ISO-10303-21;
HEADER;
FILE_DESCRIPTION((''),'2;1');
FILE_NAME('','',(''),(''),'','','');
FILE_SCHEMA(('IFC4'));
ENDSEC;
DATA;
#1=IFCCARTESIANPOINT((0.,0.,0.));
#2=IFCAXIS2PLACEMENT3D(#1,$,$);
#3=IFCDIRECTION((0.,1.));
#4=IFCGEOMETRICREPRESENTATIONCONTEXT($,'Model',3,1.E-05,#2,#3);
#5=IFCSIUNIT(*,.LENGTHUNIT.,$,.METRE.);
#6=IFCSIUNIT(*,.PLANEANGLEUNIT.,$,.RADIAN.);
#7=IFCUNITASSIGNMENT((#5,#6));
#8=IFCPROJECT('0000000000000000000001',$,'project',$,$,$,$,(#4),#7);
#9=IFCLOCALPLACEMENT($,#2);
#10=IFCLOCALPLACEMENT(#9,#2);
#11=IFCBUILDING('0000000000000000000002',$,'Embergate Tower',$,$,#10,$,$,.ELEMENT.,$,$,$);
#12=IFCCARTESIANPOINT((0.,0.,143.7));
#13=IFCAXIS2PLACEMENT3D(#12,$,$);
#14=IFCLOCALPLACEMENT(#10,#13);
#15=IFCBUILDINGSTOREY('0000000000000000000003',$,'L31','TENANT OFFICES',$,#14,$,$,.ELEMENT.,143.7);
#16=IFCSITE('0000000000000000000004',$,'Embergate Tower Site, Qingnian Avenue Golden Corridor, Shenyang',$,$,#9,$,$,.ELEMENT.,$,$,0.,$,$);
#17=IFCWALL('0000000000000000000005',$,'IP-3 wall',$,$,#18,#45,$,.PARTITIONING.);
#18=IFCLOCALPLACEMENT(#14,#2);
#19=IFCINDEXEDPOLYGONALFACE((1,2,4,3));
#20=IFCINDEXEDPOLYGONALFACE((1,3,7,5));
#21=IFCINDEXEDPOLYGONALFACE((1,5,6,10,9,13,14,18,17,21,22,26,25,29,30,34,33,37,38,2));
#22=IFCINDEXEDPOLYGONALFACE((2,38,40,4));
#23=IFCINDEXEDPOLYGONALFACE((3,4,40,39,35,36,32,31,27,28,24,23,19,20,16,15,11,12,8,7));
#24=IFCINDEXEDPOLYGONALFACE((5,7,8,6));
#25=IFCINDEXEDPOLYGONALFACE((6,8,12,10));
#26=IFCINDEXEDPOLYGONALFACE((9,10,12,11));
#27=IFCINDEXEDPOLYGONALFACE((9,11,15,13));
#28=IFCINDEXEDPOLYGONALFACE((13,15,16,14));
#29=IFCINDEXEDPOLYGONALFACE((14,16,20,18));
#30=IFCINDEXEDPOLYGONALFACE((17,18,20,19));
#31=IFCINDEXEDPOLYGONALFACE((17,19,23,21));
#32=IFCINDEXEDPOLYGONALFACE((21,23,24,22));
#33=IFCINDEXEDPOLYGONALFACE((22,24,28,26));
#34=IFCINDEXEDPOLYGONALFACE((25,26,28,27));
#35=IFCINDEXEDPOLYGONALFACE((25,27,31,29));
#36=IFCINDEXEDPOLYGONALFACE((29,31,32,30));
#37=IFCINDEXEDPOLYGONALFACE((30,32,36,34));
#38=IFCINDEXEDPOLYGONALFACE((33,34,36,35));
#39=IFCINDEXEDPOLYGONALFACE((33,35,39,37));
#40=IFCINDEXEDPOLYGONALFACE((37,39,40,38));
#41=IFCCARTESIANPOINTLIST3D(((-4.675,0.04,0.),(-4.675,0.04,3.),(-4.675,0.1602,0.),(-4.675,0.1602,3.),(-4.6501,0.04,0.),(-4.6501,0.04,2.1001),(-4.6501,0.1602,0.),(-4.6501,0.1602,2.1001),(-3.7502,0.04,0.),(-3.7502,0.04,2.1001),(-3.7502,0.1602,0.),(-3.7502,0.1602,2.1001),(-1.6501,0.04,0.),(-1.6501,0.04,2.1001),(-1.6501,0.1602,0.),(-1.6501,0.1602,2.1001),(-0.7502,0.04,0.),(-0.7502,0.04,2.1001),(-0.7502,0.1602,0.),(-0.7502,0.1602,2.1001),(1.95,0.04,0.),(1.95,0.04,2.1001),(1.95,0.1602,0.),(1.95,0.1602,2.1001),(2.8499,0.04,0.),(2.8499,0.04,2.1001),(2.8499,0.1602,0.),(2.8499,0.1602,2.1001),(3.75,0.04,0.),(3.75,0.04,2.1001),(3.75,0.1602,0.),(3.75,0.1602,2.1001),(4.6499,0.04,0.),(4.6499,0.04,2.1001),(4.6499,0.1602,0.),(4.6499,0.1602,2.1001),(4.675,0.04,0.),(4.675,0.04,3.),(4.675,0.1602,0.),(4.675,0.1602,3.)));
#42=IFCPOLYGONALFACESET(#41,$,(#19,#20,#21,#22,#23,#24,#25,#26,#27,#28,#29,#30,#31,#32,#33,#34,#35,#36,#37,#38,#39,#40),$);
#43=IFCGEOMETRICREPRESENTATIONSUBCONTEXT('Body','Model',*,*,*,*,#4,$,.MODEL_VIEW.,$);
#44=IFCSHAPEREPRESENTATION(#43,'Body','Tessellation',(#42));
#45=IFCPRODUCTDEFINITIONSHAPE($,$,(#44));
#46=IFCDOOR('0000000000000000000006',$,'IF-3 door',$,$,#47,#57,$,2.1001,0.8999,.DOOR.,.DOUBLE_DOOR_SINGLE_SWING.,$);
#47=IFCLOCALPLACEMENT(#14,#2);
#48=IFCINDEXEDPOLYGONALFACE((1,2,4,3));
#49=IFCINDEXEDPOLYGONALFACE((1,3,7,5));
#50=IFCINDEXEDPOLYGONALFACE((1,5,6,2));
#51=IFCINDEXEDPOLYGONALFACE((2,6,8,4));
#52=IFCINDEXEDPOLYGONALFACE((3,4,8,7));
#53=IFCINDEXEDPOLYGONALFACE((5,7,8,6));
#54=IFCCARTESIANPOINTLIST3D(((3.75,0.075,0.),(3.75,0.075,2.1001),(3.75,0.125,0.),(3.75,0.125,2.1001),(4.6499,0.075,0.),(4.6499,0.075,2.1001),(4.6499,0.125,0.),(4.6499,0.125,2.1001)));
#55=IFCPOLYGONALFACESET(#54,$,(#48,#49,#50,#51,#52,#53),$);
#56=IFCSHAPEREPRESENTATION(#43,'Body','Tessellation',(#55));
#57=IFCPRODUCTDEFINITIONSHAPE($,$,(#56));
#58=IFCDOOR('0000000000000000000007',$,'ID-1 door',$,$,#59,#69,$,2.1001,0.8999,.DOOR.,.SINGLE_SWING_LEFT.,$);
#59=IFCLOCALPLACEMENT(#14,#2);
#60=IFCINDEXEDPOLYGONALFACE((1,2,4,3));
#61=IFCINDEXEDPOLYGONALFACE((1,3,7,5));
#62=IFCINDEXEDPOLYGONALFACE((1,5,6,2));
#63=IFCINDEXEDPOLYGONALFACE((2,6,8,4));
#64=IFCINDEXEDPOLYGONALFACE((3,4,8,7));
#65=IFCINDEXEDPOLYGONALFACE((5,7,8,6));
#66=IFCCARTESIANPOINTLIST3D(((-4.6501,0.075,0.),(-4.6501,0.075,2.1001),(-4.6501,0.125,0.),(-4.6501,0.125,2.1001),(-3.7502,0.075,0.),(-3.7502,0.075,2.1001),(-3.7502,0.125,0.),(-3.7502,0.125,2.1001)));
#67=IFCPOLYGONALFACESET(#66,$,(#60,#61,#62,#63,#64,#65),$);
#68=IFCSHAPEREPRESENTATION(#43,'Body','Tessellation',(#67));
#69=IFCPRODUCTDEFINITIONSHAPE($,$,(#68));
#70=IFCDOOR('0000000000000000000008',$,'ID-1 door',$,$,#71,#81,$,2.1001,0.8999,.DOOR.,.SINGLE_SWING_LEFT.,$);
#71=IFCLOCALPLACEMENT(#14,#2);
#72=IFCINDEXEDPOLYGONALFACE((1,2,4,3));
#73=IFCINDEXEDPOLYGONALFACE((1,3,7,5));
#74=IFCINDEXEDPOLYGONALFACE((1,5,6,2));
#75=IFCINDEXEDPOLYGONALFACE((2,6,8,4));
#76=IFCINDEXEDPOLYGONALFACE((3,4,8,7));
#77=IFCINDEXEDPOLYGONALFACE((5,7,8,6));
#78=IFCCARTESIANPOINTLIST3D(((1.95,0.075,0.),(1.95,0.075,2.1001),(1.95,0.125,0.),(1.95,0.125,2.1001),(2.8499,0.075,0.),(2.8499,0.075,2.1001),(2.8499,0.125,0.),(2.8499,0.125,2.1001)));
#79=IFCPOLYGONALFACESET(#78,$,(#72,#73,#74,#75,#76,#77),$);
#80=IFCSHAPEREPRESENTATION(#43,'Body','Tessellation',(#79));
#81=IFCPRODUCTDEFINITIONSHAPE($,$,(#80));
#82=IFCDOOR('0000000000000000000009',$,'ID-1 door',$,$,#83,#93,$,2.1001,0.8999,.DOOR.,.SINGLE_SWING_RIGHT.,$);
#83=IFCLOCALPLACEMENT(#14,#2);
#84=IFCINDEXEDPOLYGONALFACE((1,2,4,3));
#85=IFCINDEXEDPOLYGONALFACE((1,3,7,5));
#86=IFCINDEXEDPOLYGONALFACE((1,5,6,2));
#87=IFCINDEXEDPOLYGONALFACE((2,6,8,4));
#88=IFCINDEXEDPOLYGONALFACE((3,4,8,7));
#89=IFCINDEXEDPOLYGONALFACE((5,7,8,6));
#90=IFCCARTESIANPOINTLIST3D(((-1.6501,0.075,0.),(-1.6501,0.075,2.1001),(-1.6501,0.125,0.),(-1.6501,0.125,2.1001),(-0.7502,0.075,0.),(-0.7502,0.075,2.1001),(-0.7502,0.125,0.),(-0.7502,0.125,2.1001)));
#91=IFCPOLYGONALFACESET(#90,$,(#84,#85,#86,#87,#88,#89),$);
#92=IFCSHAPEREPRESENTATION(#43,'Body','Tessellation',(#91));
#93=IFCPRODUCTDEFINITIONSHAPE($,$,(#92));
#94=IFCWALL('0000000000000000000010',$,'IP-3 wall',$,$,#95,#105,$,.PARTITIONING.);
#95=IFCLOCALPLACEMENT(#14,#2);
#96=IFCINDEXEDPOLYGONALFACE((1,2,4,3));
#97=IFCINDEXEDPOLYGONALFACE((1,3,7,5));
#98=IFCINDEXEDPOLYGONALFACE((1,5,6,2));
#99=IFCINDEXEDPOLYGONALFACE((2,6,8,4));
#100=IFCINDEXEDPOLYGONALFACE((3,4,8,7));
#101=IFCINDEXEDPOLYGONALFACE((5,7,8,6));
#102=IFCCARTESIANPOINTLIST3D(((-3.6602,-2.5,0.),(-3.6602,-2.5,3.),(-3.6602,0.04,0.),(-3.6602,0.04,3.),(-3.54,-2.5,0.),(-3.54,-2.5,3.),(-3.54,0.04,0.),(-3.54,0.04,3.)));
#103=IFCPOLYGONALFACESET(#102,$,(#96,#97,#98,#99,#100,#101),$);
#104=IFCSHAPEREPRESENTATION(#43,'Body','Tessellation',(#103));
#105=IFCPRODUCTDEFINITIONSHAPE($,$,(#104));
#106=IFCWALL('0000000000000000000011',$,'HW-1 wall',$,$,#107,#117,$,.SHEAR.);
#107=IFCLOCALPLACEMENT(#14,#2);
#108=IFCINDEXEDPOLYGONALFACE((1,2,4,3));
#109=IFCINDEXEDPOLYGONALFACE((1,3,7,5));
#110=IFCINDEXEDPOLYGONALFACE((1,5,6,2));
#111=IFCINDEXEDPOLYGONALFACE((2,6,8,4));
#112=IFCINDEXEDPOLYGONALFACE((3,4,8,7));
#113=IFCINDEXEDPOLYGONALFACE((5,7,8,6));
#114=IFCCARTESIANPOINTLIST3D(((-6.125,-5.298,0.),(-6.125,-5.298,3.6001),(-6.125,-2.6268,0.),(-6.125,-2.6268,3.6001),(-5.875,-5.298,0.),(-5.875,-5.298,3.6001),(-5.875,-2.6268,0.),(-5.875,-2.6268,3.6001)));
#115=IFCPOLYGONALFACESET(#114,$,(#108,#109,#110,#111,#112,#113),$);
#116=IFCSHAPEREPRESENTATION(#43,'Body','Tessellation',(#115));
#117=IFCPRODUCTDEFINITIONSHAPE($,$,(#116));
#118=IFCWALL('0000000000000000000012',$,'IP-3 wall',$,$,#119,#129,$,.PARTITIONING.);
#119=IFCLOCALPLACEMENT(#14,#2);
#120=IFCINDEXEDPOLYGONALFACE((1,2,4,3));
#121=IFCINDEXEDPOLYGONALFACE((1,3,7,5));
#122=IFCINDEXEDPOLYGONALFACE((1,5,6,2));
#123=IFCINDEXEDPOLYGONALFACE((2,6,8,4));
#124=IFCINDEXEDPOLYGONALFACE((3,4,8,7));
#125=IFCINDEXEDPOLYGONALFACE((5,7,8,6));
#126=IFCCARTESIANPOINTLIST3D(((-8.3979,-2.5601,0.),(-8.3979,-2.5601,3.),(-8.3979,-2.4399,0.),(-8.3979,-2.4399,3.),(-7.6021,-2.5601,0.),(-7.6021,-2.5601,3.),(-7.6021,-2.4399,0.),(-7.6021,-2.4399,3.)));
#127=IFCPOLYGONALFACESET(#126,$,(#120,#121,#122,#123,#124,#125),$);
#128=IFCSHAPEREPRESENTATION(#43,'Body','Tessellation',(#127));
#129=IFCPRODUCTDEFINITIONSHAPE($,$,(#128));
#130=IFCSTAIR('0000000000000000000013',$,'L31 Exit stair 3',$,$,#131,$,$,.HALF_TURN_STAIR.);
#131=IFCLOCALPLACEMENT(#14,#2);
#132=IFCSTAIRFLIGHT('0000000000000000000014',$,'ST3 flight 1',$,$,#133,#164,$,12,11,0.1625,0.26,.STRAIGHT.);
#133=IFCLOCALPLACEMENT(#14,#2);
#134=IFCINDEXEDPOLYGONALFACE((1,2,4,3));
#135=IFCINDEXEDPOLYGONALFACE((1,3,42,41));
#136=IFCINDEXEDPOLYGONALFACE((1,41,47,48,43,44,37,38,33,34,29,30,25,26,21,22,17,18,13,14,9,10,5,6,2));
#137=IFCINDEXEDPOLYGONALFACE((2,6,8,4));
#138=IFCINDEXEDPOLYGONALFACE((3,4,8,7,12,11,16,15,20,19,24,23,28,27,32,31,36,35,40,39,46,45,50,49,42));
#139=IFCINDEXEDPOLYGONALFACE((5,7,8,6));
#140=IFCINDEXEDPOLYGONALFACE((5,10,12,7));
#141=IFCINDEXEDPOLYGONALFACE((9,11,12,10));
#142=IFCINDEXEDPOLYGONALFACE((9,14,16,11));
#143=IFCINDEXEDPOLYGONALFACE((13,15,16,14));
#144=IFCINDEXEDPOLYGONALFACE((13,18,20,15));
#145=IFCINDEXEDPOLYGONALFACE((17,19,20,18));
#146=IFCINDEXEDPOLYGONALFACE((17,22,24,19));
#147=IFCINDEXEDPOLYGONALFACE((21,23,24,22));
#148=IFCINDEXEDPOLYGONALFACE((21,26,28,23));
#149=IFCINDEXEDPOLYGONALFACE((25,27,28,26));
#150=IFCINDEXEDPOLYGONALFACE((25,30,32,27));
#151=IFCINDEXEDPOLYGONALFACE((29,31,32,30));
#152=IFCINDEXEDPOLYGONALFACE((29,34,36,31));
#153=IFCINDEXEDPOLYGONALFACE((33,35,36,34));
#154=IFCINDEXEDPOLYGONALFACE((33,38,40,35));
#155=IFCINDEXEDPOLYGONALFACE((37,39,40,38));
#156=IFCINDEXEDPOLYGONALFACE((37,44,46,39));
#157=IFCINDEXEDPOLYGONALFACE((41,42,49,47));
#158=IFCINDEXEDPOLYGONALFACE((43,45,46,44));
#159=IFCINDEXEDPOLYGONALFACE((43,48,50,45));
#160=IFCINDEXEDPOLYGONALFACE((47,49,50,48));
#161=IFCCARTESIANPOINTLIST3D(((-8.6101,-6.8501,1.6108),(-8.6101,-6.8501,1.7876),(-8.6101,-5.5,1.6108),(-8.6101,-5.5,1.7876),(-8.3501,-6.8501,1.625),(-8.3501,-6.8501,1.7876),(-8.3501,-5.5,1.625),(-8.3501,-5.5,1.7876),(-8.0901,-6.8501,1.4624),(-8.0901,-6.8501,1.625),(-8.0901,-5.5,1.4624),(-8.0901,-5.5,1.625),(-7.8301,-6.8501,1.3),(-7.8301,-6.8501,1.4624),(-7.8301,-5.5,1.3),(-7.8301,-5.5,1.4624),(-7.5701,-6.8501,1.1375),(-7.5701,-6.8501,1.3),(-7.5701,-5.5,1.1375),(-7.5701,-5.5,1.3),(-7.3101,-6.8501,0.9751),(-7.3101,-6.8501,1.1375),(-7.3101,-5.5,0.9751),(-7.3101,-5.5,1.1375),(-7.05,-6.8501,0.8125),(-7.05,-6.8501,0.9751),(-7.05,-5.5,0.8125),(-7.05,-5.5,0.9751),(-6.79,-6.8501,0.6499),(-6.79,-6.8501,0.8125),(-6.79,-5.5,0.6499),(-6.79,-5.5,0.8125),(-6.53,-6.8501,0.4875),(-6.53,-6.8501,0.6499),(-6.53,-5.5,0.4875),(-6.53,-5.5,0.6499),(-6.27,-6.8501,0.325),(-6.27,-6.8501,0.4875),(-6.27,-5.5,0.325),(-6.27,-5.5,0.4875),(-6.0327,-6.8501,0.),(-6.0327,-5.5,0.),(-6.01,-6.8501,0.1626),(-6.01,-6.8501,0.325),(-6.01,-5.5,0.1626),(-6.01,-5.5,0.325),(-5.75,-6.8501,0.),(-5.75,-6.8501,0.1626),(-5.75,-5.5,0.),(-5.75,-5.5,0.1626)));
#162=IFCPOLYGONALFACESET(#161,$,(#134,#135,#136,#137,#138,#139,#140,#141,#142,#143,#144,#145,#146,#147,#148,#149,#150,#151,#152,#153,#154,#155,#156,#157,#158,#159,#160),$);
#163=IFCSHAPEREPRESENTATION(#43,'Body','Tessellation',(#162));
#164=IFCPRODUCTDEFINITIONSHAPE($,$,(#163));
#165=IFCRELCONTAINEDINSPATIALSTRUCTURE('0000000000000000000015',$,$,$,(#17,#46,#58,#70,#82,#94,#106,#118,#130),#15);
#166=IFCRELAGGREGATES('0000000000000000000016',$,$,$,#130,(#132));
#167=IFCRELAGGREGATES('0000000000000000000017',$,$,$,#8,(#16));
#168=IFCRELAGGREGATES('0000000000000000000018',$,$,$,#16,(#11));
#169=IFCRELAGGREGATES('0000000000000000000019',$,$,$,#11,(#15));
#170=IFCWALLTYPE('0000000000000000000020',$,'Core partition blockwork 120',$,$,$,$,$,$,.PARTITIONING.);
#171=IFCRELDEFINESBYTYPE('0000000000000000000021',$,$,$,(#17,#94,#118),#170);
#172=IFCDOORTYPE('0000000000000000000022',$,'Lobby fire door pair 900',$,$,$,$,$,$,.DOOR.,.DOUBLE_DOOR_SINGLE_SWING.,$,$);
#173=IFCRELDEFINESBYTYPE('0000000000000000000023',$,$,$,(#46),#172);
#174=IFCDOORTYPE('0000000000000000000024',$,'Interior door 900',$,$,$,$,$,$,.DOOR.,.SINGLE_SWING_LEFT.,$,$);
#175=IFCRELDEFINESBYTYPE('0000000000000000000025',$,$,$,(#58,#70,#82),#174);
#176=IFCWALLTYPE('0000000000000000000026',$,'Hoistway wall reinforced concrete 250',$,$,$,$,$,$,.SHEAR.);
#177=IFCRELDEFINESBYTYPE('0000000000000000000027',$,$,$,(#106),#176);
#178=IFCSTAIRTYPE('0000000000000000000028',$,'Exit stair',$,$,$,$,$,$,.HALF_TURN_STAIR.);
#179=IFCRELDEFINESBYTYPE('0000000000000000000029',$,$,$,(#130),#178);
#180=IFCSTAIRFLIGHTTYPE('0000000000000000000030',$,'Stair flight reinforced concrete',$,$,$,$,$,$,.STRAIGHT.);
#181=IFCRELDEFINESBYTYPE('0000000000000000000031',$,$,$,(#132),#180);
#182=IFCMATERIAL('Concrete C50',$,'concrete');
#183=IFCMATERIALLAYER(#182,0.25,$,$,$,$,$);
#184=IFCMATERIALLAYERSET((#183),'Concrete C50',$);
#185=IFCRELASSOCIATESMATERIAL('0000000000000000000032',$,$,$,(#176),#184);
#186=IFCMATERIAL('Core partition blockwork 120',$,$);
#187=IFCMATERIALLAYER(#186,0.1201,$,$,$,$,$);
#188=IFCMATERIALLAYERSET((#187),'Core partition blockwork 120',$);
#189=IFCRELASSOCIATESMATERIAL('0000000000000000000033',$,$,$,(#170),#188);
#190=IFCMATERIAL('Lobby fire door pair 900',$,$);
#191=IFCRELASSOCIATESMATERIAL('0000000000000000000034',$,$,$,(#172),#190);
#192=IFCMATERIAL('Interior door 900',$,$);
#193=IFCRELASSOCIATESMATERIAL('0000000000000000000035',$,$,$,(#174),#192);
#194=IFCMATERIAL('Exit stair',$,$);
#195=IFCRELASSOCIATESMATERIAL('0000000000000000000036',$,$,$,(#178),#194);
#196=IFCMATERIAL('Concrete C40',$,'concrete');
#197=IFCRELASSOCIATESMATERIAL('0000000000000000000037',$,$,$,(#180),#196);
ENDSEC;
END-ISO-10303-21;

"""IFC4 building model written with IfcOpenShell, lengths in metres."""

from ifc_helpers import new_model, si_unit, direction, frame, frame_2d, origin, place, context, subcontext, project, spatial, polyline, rectangle, outline, extrude, source, transform, mapped, material, layer, layer_set, type_object, element, fill, aggregate, save


model = new_model("IFC4")

# Units and contexts
model_context = context("Model", 3, precision=1e-05, world=origin(), true_north=direction((0.0, 1.0)))
body_context = subcontext(model_context, "Body", "Model", "MODEL_VIEW")
ifc_project = project(units=[si_unit("LENGTHUNIT", "METRE"), si_unit("PLANEANGLEUNIT", "RADIAN")], contexts=[model_context])

# Site, building, storey
site_placement = place(None, origin())
site = spatial("IfcSite", under=ifc_project, at=site_placement, Name="Embergate Tower Site, Qingnian Avenue Golden Corridor, Shenyang", CompositionType="ELEMENT", RefElevation=0.0)
building_placement = place(site_placement, origin())
building = spatial("IfcBuilding", under=site, at=building_placement, Name="Embergate Tower", CompositionType="ELEMENT")
storey_placement = place(building_placement, frame((0.0, 0.0, 143.7)))
storey = spatial("IfcBuildingStorey", under=building, at=storey_placement, Name="L31", Description="TENANT OFFICES", CompositionType="ELEMENT", Elevation=143.7)

# Shared definitions
ifc_material_1 = material(Name="Concrete C50", Category="concrete")
ifc_layer_1 = layer(ifc_material_1, 0.25)
ifc_layer_set_1 = layer_set([ifc_layer_1], Name="Concrete C50")
wall_type_1 = type_object("IfcWallType", Name="Hoistway wall reinforced concrete 250", PredefinedType="SHEAR", material=ifc_layer_set_1)

# Shared definitions
ifc_material_2 = material(Name="Core partition blockwork 120")
ifc_layer_2 = layer(ifc_material_2, 0.1201)
ifc_layer_set_2 = layer_set([ifc_layer_2], Name="Core partition blockwork 120")
wall_type_2 = type_object("IfcWallType", Name="Core partition blockwork 120", PredefinedType="PARTITIONING", material=ifc_layer_set_2)

# Wall, openings, doors
shared_shape_1 = source(origin(), body_context, "Body", "SweptSolid", [
    extrude(rectangle(XDim=9.3501, YDim=0.1201, at=frame_2d((4.675, 0.0))), origin(), (0.0, 0.0, 1.0), 3.0),
])
wall_1_placement = place(storey_placement, frame((-4.675, 0.1001, 0.0), z_axis=(0.0, 0.0, 1.0), x_axis=(1.0, 0.0, 0.0)))
wall_1 = element("IfcWall", 1, at=wall_1_placement, inside=storey, type_object=wall_type_2, Name="IP-3 wall", PredefinedType="PARTITIONING", context=body_context, shape_type="MappedRepresentation", body=[
    mapped(shared_shape_1, transform((0.0, 0.0, 0.0))),
])
shared_shape_2 = source(origin(), body_context, "Body", "SweptSolid", [
    extrude(rectangle(XDim=0.8999, YDim=2.1001, at=frame_2d((0.45, 1.05))), frame((0.0, 0.0701, 0.0), z_axis=(0.0, -1.0, 0.0), x_axis=(1.0, 0.0, 0.0)), (0.0, 0.0, 1.0), 0.1401),
])
opening_1_placement = place(wall_1_placement, frame((8.425, 0.0, 0.0)))
opening_1 = element("IfcOpeningElement", 2, at=opening_1_placement, cuts=wall_1, PredefinedType="OPENING", context=body_context, shape_type="MappedRepresentation", body=[
    mapped(shared_shape_2, transform((0.0, 0.0, 0.0))),
])
opening_2_placement = place(wall_1_placement, frame((0.0249, 0.0, 0.0)))
opening_2 = element("IfcOpeningElement", 3, at=opening_2_placement, cuts=wall_1, PredefinedType="OPENING", context=body_context, shape_type="MappedRepresentation", body=[
    mapped(shared_shape_2, transform((0.0, 0.0, 0.0))),
])
opening_3_placement = place(wall_1_placement, frame((6.625, 0.0, 0.0)))
opening_3 = element("IfcOpeningElement", 4, at=opening_3_placement, cuts=wall_1, PredefinedType="OPENING", context=body_context, shape_type="MappedRepresentation", body=[
    mapped(shared_shape_2, transform((0.0, 0.0, 0.0))),
])
opening_4_placement = place(wall_1_placement, frame((3.0249, 0.0, 0.0)))
opening_4 = element("IfcOpeningElement", 5, at=opening_4_placement, cuts=wall_1, PredefinedType="OPENING", context=body_context, shape_type="MappedRepresentation", body=[
    mapped(shared_shape_2, transform((0.0, 0.0, 0.0))),
])
ifc_material_3 = material(Name="Lobby fire door pair 900")
door_type_1 = type_object("IfcDoorType", Name="Lobby fire door pair 900", OperationType="DOUBLE_DOOR_SINGLE_SWING", PredefinedType="DOOR", material=ifc_material_3)
shared_shape_3 = source(origin(), body_context, "Body", "SweptSolid", [
    extrude(rectangle(XDim=0.8999, YDim=2.1001, at=frame_2d((0.45, 1.05))), frame((0.0, 0.0249, 0.0), z_axis=(0.0, -1.0, 0.0), x_axis=(1.0, 0.0, 0.0)), (0.0, 0.0, 1.0), 0.05),
])
door_1_placement = place(opening_1_placement, origin())
door_1 = element("IfcDoor", 6, at=door_1_placement, inside=storey, type_object=door_type_1, Name="IF-3 door", OperationType="DOUBLE_DOOR_SINGLE_SWING", OverallHeight=2.1001, OverallWidth=0.8999, PredefinedType="DOOR", context=body_context, shape_type="MappedRepresentation", body=[
    mapped(shared_shape_3, transform((0.0, 0.0, 0.0))),
])
fill(opening_1, door_1)
ifc_material_4 = material(Name="Interior door 900")
door_type_2 = type_object("IfcDoorType", Name="Interior door 900", OperationType="SINGLE_SWING_LEFT", PredefinedType="DOOR", material=ifc_material_4)
door_2_placement = place(opening_2_placement, origin())
door_2 = element("IfcDoor", 7, at=door_2_placement, inside=storey, type_object=door_type_2, Name="ID-1 door", OperationType="SINGLE_SWING_LEFT", OverallHeight=2.1001, OverallWidth=0.8999, PredefinedType="DOOR", context=body_context, shape_type="MappedRepresentation", body=[
    mapped(shared_shape_3, transform((0.0, 0.0, 0.0))),
])
fill(opening_2, door_2)
door_3_placement = place(opening_3_placement, origin())
door_3 = element("IfcDoor", 8, at=door_3_placement, inside=storey, type_object=door_type_2, Name="ID-1 door", OperationType="SINGLE_SWING_LEFT", OverallHeight=2.1001, OverallWidth=0.8999, PredefinedType="DOOR", context=body_context, shape_type="MappedRepresentation", body=[
    mapped(shared_shape_3, transform((0.0, 0.0, 0.0))),
])
fill(opening_3, door_3)
door_4_placement = place(opening_4_placement, origin())
door_4 = element("IfcDoor", 9, at=door_4_placement, inside=storey, type_object=door_type_2, Name="ID-1 door", OperationType="SINGLE_SWING_RIGHT", OverallHeight=2.1001, OverallWidth=0.8999, PredefinedType="DOOR", context=body_context, shape_type="MappedRepresentation", body=[
    mapped(shared_shape_3, transform((0.0, 0.0, 0.0))),
])
fill(opening_4, door_4)

# Walls
shared_shape_4 = source(origin(), body_context, "Body", "SweptSolid", [
    extrude(rectangle(XDim=2.54, YDim=0.1201, at=frame_2d((1.27, 0.0))), origin(), (0.0, 0.0, 1.0), 3.0),
])
wall_2_placement = place(storey_placement, frame((-3.6001, -2.5, 0.0), z_axis=(0.0, 0.0, 1.0), x_axis=(0.0, 1.0, 0.0)))
element("IfcWall", 10, at=wall_2_placement, inside=storey, type_object=wall_type_2, Name="IP-3 wall", PredefinedType="PARTITIONING", context=body_context, shape_type="MappedRepresentation", body=[
    mapped(shared_shape_4, transform((0.0, 0.0, 0.0))),
])
shared_shape_5 = source(origin(), body_context, "Body", "SweptSolid", [
    extrude(rectangle(XDim=2.6711, YDim=0.25, at=frame_2d((1.3354, 0.0))), origin(), (0.0, 0.0, 1.0), 3.6001),
])
wall_3_placement = place(storey_placement, frame((-6.0, -2.627, 0.0), z_axis=(0.0, 0.0, 1.0), x_axis=(0.0, -1.0, 0.0)))
element("IfcWall", 11, at=wall_3_placement, inside=storey, type_object=wall_type_1, Name="HW-1 wall", PredefinedType="SHEAR", context=body_context, shape_type="MappedRepresentation", body=[
    mapped(shared_shape_5, transform((0.0, 0.0, 0.0))),
])
shared_shape_6 = source(origin(), body_context, "Body", "SweptSolid", [
    extrude(rectangle(XDim=0.7959, YDim=0.1201, at=frame_2d((0.3979, 0.0))), origin(), (0.0, 0.0, 1.0), 3.0),
])
wall_4_placement = place(storey_placement, frame((-8.3979, -2.5, 0.0), z_axis=(0.0, 0.0, 1.0), x_axis=(1.0, 0.0, 0.0)))
element("IfcWall", 12, at=wall_4_placement, inside=storey, type_object=wall_type_2, Name="IP-3 wall", PredefinedType="PARTITIONING", context=body_context, shape_type="MappedRepresentation", body=[
    mapped(shared_shape_6, transform((0.0, 0.0, 0.0))),
])

# Stair, stair flight
ifc_material_5 = material(Name="Exit stair")
stair_type = type_object("IfcStairType", Name="Exit stair", PredefinedType="HALF_TURN_STAIR", material=ifc_material_5)
stair_placement = place(storey_placement, origin())
stair = element("IfcStair", 13, at=stair_placement, inside=storey, type_object=stair_type, Name="L31 Exit stair 3", PredefinedType="HALF_TURN_STAIR")
ifc_material_6 = material(Name="Concrete C40", Category="concrete")
stair_flight_type = type_object("IfcStairFlightType", Name="Stair flight reinforced concrete", PredefinedType="STRAIGHT", material=ifc_material_6)
shared_shape_7 = source(origin(), body_context, "Body", "SweptSolid", [
    extrude(outline(polyline([(0.0, 0.0), (0.0, 0.1626), (0.26, 0.1626), (0.26, 0.325), (0.52, 0.325), (0.52, 0.4875), (0.78, 0.4875), (0.78, 0.6499), (1.04, 0.6499), (1.04, 0.8125), (1.3, 0.8125), (1.3, 0.9751), (1.5601, 0.9751), (1.5601, 1.1375), (1.8201, 1.1375), (1.8201, 1.3), (2.0801, 1.3), (2.0801, 1.4624), (2.3401, 1.4624), (2.3401, 1.625), (2.6001, 1.625), (2.6001, 1.7876), (2.8601, 1.7876), (2.8601, 1.95), (2.8601, 1.6108), (0.2827, 0.0), (0.0, 0.0)])), frame((0.0, 0.675, 0.0), z_axis=(0.0, -1.0, 0.0), x_axis=(1.0, 0.0, 0.0)), (0.0, 0.0, 1.0), 1.3501),
])
stair_flight_placement = place(storey_placement, frame((-5.75, -6.175, 0.0), z_axis=(0.0, 0.0, 1.0), x_axis=(-1.0, 0.0, 0.0)))
stair_flight = element("IfcStairFlight", 14, at=stair_flight_placement, type_object=stair_flight_type, Name="ST3 flight 1", NumberOfRisers=12, NumberOfTreads=11, PredefinedType="STRAIGHT", RiserHeight=0.1625, TreadLength=0.26, context=body_context, shape_type="MappedRepresentation", body=[
    mapped(shared_shape_7, transform((0.0, 0.0, 0.0))),
])
aggregate(stair, [stair_flight])

save(model, "model.ifc")
